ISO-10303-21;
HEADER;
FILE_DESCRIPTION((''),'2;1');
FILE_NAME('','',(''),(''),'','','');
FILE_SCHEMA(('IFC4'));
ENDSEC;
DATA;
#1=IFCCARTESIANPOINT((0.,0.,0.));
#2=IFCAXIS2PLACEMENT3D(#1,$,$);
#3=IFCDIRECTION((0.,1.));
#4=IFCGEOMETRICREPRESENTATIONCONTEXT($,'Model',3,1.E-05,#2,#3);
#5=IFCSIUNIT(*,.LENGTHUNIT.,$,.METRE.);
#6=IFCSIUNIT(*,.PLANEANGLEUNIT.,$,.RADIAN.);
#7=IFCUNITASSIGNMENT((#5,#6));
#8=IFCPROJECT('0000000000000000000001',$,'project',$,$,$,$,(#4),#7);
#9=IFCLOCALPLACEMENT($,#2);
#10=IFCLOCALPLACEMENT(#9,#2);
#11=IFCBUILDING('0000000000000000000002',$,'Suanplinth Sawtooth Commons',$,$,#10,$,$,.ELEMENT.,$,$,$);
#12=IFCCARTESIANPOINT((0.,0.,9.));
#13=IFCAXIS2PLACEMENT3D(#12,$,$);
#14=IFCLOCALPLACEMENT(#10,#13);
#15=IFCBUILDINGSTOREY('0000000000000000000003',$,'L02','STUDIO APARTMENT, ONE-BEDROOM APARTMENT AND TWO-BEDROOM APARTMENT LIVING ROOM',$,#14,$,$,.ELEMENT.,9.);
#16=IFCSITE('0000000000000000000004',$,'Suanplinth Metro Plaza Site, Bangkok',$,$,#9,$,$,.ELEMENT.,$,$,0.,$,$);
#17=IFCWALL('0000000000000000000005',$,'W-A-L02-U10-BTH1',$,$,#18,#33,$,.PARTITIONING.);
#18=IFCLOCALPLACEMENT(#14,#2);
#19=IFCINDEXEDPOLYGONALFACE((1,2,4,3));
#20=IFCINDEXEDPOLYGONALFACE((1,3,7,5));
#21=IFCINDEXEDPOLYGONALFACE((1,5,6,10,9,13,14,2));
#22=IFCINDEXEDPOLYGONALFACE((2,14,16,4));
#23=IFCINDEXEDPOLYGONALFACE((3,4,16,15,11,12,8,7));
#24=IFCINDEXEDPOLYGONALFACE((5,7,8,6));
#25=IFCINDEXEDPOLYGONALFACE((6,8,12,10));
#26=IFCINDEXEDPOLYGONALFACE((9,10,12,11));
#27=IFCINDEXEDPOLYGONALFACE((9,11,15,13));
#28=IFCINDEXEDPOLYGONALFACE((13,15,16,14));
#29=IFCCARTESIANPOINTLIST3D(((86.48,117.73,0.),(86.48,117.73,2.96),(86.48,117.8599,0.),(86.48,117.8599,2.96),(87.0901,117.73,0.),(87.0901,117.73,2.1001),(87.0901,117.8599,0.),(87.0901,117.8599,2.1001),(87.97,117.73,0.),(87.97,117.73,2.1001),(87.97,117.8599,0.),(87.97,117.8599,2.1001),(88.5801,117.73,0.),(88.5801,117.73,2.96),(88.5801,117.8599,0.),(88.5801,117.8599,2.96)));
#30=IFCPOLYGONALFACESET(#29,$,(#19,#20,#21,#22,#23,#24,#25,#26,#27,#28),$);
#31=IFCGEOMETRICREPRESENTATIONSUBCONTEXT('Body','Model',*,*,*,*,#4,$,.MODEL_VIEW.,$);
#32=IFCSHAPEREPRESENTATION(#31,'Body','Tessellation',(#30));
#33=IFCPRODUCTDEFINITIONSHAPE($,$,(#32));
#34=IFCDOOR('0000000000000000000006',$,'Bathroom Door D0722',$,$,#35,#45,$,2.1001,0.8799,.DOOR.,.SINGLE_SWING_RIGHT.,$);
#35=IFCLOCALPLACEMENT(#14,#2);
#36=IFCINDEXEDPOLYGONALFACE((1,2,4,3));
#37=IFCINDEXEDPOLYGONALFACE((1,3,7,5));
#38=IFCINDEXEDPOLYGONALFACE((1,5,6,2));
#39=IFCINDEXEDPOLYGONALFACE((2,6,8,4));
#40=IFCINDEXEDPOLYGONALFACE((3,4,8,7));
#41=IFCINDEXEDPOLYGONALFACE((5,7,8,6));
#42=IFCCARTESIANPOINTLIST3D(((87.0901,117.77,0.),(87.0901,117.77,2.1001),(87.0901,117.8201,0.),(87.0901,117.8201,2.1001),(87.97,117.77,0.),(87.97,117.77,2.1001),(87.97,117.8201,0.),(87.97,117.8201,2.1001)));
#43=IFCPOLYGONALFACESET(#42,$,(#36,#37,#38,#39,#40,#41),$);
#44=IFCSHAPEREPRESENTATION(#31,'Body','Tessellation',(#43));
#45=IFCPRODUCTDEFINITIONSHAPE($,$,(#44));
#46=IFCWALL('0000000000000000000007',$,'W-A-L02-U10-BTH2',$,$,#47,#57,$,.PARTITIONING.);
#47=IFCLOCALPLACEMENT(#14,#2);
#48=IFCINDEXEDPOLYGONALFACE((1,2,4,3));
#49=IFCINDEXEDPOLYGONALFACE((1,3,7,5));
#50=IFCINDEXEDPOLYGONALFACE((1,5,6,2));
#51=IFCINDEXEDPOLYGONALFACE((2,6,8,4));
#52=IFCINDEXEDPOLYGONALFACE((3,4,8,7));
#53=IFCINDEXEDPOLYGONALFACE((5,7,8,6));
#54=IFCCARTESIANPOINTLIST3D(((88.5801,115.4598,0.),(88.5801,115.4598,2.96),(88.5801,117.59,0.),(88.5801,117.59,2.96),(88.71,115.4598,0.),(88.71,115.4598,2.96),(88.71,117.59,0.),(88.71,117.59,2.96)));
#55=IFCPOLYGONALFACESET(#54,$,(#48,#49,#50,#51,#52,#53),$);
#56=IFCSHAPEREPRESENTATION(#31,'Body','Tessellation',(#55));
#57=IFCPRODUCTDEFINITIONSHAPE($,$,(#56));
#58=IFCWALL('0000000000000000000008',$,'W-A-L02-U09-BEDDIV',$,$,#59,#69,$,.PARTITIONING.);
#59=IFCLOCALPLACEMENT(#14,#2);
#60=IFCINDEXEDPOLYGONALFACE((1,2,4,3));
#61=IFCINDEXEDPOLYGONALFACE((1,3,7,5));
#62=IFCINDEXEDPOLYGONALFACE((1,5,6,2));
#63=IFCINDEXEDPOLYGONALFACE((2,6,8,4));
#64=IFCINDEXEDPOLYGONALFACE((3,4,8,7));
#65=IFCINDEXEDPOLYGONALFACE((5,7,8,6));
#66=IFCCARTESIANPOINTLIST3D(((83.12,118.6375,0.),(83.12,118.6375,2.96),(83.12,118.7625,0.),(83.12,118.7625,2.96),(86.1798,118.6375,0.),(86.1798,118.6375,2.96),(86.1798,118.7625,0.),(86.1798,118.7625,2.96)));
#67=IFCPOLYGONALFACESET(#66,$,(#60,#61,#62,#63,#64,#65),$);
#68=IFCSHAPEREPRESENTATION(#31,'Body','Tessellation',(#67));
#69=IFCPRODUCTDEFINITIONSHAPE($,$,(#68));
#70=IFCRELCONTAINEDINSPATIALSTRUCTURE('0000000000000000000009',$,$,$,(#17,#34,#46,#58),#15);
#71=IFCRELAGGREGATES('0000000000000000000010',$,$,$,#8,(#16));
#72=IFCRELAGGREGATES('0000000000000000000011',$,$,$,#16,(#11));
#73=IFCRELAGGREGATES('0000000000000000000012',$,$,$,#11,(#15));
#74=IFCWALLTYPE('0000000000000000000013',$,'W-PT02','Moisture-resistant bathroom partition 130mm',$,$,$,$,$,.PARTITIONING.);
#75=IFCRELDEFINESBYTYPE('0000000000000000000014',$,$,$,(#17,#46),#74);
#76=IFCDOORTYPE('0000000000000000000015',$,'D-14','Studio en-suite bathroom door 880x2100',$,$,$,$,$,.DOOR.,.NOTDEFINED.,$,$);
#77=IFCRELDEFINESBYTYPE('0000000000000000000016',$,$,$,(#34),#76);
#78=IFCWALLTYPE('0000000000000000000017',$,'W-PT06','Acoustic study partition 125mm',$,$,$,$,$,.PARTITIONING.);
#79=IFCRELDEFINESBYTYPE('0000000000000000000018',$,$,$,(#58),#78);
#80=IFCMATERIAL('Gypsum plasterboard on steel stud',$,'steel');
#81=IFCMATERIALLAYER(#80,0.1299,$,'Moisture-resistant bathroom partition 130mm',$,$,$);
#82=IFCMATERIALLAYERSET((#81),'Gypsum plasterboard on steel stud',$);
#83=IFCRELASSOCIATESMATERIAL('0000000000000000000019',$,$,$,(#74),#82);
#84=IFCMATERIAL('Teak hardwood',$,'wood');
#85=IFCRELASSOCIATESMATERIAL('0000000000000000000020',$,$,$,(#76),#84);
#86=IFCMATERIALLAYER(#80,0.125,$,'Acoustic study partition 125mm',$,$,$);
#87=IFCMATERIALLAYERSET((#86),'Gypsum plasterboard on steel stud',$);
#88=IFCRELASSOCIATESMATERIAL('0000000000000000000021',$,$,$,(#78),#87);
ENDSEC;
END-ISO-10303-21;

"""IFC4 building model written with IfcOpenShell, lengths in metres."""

from ifc_helpers import new_model, si_unit, direction, frame, frame_2d, origin, place, context, subcontext, project, spatial, rectangle, extrude, material, layer, layer_set, type_object, element, fill, save


model = new_model("IFC4")

# Units and contexts
model_context = context("Model", 3, precision=1e-05, world=origin(), true_north=direction((0.0, 1.0)))
body_context = subcontext(model_context, "Body", "Model", "MODEL_VIEW")
ifc_project = project(units=[si_unit("LENGTHUNIT", "METRE"), si_unit("PLANEANGLEUNIT", "RADIAN")], contexts=[model_context])

# Site, building, storey
site_placement = place(None, origin())
site = spatial("IfcSite", under=ifc_project, at=site_placement, Name="Suanplinth Metro Plaza Site, Bangkok", CompositionType="ELEMENT", RefElevation=0.0)
building_placement = place(site_placement, origin())
building = spatial("IfcBuilding", under=site, at=building_placement, Name="Suanplinth Sawtooth Commons", CompositionType="ELEMENT")
storey_placement = place(building_placement, frame((0.0, 0.0, 9.0)))
storey = spatial("IfcBuildingStorey", under=building, at=storey_placement, Name="L02", Description="STUDIO APARTMENT, ONE-BEDROOM APARTMENT AND TWO-BEDROOM APARTMENT LIVING ROOM", CompositionType="ELEMENT", Elevation=9.0)

# Shared definitions
ifc_material_1 = material(Name="Gypsum plasterboard on steel stud", Category="steel")
ifc_material_2 = material(Name="Teak hardwood", Category="wood")

# Wall, opening, door
ifc_layer_1 = layer(ifc_material_1, 0.1299, Name="Moisture-resistant bathroom partition 130mm")
ifc_layer_set_1 = layer_set([ifc_layer_1], Name="Gypsum plasterboard on steel stud")
wall_type_1 = type_object("IfcWallType", Name="W-PT02", Description="Moisture-resistant bathroom partition 130mm", PredefinedType="PARTITIONING", material=ifc_layer_set_1)
wall_1_placement = place(storey_placement, frame((86.48, 117.7949, 0.0), z_axis=(0.0, 0.0, 1.0), x_axis=(1.0, 0.0, 0.0)))
wall_1 = element("IfcWall", 1, at=wall_1_placement, inside=storey, type_object=wall_type_1, Name="W-A-L02-U10-BTH1", PredefinedType="PARTITIONING", context=body_context, shape_type="SweptSolid", body=[
    extrude(rectangle(XDim=2.1001, YDim=0.1299, at=frame_2d((1.05, 0.0))), origin(), (0.0, 0.0, 1.0), 2.96),
])
opening_1_placement = place(wall_1_placement, frame((0.6101, 0.0, 0.0)))
opening_1 = element("IfcOpeningElement", 2, at=opening_1_placement, cuts=wall_1, PredefinedType="OPENING", context=body_context, shape_type="SweptSolid", body=[
    extrude(rectangle(XDim=0.8799, YDim=2.1001, at=frame_2d((0.4399, 1.05))), frame((0.0, 0.0798, 0.0), z_axis=(0.0, -1.0, 0.0), x_axis=(1.0, 0.0, 0.0)), (0.0, 0.0, 1.0), 0.1597),
])
door_type_1 = type_object("IfcDoorType", Name="D-14", Description="Studio en-suite bathroom door 880x2100", OperationType="NOTDEFINED", PredefinedType="DOOR", material=ifc_material_2)
door_1_placement = place(opening_1_placement, frame((0.8799, 0.0, 0.0), z_axis=(0.0, 0.0, 1.0), x_axis=(-1.0, 0.0, 0.0)))
door_1 = element("IfcDoor", 3, at=door_1_placement, inside=storey, type_object=door_type_1, Name="Bathroom Door D0722", OperationType="SINGLE_SWING_RIGHT", OverallHeight=2.1001, OverallWidth=0.8799, PredefinedType="DOOR", context=body_context, shape_type="SweptSolid", body=[
    extrude(rectangle(XDim=0.8799, YDim=2.1001, at=frame_2d((0.4399, 1.05))), frame((0.0, 0.0249, 0.0), z_axis=(0.0, -1.0, 0.0), x_axis=(1.0, 0.0, 0.0)), (0.0, 0.0, 1.0), 0.05),
])
fill(opening_1, door_1)

# Wall
wall_2_placement = place(storey_placement, frame((88.645, 115.46, 0.0), z_axis=(0.0, 0.0, 1.0), x_axis=(0.0, 1.0, 0.0)))
element("IfcWall", 4, at=wall_2_placement, inside=storey, type_object=wall_type_1, Name="W-A-L02-U10-BTH2", PredefinedType="PARTITIONING", context=body_context, shape_type="SweptSolid", body=[
    extrude(rectangle(XDim=2.1301, YDim=0.1299, at=frame_2d((1.0649, 0.0))), origin(), (0.0, 0.0, 1.0), 2.96),
])

# Wall
ifc_layer_2 = layer(ifc_material_1, 0.125, Name="Acoustic study partition 125mm")
ifc_layer_set_2 = layer_set([ifc_layer_2], Name="Gypsum plasterboard on steel stud")
wall_type_2 = type_object("IfcWallType", Name="W-PT06", Description="Acoustic study partition 125mm", PredefinedType="PARTITIONING", material=ifc_layer_set_2)
wall_3_placement = place(storey_placement, frame((83.1201, 118.7, 0.0), z_axis=(0.0, 0.0, 1.0), x_axis=(1.0, 0.0, 0.0)))
element("IfcWall", 5, at=wall_3_placement, inside=storey, type_object=wall_type_2, Name="W-A-L02-U09-BEDDIV", PredefinedType="PARTITIONING", context=body_context, shape_type="SweptSolid", body=[
    extrude(rectangle(XDim=3.0598, YDim=0.125, at=frame_2d((1.5298, 0.0))), origin(), (0.0, 0.0, 1.0), 2.96),
])

save(model, "model.ifc")
